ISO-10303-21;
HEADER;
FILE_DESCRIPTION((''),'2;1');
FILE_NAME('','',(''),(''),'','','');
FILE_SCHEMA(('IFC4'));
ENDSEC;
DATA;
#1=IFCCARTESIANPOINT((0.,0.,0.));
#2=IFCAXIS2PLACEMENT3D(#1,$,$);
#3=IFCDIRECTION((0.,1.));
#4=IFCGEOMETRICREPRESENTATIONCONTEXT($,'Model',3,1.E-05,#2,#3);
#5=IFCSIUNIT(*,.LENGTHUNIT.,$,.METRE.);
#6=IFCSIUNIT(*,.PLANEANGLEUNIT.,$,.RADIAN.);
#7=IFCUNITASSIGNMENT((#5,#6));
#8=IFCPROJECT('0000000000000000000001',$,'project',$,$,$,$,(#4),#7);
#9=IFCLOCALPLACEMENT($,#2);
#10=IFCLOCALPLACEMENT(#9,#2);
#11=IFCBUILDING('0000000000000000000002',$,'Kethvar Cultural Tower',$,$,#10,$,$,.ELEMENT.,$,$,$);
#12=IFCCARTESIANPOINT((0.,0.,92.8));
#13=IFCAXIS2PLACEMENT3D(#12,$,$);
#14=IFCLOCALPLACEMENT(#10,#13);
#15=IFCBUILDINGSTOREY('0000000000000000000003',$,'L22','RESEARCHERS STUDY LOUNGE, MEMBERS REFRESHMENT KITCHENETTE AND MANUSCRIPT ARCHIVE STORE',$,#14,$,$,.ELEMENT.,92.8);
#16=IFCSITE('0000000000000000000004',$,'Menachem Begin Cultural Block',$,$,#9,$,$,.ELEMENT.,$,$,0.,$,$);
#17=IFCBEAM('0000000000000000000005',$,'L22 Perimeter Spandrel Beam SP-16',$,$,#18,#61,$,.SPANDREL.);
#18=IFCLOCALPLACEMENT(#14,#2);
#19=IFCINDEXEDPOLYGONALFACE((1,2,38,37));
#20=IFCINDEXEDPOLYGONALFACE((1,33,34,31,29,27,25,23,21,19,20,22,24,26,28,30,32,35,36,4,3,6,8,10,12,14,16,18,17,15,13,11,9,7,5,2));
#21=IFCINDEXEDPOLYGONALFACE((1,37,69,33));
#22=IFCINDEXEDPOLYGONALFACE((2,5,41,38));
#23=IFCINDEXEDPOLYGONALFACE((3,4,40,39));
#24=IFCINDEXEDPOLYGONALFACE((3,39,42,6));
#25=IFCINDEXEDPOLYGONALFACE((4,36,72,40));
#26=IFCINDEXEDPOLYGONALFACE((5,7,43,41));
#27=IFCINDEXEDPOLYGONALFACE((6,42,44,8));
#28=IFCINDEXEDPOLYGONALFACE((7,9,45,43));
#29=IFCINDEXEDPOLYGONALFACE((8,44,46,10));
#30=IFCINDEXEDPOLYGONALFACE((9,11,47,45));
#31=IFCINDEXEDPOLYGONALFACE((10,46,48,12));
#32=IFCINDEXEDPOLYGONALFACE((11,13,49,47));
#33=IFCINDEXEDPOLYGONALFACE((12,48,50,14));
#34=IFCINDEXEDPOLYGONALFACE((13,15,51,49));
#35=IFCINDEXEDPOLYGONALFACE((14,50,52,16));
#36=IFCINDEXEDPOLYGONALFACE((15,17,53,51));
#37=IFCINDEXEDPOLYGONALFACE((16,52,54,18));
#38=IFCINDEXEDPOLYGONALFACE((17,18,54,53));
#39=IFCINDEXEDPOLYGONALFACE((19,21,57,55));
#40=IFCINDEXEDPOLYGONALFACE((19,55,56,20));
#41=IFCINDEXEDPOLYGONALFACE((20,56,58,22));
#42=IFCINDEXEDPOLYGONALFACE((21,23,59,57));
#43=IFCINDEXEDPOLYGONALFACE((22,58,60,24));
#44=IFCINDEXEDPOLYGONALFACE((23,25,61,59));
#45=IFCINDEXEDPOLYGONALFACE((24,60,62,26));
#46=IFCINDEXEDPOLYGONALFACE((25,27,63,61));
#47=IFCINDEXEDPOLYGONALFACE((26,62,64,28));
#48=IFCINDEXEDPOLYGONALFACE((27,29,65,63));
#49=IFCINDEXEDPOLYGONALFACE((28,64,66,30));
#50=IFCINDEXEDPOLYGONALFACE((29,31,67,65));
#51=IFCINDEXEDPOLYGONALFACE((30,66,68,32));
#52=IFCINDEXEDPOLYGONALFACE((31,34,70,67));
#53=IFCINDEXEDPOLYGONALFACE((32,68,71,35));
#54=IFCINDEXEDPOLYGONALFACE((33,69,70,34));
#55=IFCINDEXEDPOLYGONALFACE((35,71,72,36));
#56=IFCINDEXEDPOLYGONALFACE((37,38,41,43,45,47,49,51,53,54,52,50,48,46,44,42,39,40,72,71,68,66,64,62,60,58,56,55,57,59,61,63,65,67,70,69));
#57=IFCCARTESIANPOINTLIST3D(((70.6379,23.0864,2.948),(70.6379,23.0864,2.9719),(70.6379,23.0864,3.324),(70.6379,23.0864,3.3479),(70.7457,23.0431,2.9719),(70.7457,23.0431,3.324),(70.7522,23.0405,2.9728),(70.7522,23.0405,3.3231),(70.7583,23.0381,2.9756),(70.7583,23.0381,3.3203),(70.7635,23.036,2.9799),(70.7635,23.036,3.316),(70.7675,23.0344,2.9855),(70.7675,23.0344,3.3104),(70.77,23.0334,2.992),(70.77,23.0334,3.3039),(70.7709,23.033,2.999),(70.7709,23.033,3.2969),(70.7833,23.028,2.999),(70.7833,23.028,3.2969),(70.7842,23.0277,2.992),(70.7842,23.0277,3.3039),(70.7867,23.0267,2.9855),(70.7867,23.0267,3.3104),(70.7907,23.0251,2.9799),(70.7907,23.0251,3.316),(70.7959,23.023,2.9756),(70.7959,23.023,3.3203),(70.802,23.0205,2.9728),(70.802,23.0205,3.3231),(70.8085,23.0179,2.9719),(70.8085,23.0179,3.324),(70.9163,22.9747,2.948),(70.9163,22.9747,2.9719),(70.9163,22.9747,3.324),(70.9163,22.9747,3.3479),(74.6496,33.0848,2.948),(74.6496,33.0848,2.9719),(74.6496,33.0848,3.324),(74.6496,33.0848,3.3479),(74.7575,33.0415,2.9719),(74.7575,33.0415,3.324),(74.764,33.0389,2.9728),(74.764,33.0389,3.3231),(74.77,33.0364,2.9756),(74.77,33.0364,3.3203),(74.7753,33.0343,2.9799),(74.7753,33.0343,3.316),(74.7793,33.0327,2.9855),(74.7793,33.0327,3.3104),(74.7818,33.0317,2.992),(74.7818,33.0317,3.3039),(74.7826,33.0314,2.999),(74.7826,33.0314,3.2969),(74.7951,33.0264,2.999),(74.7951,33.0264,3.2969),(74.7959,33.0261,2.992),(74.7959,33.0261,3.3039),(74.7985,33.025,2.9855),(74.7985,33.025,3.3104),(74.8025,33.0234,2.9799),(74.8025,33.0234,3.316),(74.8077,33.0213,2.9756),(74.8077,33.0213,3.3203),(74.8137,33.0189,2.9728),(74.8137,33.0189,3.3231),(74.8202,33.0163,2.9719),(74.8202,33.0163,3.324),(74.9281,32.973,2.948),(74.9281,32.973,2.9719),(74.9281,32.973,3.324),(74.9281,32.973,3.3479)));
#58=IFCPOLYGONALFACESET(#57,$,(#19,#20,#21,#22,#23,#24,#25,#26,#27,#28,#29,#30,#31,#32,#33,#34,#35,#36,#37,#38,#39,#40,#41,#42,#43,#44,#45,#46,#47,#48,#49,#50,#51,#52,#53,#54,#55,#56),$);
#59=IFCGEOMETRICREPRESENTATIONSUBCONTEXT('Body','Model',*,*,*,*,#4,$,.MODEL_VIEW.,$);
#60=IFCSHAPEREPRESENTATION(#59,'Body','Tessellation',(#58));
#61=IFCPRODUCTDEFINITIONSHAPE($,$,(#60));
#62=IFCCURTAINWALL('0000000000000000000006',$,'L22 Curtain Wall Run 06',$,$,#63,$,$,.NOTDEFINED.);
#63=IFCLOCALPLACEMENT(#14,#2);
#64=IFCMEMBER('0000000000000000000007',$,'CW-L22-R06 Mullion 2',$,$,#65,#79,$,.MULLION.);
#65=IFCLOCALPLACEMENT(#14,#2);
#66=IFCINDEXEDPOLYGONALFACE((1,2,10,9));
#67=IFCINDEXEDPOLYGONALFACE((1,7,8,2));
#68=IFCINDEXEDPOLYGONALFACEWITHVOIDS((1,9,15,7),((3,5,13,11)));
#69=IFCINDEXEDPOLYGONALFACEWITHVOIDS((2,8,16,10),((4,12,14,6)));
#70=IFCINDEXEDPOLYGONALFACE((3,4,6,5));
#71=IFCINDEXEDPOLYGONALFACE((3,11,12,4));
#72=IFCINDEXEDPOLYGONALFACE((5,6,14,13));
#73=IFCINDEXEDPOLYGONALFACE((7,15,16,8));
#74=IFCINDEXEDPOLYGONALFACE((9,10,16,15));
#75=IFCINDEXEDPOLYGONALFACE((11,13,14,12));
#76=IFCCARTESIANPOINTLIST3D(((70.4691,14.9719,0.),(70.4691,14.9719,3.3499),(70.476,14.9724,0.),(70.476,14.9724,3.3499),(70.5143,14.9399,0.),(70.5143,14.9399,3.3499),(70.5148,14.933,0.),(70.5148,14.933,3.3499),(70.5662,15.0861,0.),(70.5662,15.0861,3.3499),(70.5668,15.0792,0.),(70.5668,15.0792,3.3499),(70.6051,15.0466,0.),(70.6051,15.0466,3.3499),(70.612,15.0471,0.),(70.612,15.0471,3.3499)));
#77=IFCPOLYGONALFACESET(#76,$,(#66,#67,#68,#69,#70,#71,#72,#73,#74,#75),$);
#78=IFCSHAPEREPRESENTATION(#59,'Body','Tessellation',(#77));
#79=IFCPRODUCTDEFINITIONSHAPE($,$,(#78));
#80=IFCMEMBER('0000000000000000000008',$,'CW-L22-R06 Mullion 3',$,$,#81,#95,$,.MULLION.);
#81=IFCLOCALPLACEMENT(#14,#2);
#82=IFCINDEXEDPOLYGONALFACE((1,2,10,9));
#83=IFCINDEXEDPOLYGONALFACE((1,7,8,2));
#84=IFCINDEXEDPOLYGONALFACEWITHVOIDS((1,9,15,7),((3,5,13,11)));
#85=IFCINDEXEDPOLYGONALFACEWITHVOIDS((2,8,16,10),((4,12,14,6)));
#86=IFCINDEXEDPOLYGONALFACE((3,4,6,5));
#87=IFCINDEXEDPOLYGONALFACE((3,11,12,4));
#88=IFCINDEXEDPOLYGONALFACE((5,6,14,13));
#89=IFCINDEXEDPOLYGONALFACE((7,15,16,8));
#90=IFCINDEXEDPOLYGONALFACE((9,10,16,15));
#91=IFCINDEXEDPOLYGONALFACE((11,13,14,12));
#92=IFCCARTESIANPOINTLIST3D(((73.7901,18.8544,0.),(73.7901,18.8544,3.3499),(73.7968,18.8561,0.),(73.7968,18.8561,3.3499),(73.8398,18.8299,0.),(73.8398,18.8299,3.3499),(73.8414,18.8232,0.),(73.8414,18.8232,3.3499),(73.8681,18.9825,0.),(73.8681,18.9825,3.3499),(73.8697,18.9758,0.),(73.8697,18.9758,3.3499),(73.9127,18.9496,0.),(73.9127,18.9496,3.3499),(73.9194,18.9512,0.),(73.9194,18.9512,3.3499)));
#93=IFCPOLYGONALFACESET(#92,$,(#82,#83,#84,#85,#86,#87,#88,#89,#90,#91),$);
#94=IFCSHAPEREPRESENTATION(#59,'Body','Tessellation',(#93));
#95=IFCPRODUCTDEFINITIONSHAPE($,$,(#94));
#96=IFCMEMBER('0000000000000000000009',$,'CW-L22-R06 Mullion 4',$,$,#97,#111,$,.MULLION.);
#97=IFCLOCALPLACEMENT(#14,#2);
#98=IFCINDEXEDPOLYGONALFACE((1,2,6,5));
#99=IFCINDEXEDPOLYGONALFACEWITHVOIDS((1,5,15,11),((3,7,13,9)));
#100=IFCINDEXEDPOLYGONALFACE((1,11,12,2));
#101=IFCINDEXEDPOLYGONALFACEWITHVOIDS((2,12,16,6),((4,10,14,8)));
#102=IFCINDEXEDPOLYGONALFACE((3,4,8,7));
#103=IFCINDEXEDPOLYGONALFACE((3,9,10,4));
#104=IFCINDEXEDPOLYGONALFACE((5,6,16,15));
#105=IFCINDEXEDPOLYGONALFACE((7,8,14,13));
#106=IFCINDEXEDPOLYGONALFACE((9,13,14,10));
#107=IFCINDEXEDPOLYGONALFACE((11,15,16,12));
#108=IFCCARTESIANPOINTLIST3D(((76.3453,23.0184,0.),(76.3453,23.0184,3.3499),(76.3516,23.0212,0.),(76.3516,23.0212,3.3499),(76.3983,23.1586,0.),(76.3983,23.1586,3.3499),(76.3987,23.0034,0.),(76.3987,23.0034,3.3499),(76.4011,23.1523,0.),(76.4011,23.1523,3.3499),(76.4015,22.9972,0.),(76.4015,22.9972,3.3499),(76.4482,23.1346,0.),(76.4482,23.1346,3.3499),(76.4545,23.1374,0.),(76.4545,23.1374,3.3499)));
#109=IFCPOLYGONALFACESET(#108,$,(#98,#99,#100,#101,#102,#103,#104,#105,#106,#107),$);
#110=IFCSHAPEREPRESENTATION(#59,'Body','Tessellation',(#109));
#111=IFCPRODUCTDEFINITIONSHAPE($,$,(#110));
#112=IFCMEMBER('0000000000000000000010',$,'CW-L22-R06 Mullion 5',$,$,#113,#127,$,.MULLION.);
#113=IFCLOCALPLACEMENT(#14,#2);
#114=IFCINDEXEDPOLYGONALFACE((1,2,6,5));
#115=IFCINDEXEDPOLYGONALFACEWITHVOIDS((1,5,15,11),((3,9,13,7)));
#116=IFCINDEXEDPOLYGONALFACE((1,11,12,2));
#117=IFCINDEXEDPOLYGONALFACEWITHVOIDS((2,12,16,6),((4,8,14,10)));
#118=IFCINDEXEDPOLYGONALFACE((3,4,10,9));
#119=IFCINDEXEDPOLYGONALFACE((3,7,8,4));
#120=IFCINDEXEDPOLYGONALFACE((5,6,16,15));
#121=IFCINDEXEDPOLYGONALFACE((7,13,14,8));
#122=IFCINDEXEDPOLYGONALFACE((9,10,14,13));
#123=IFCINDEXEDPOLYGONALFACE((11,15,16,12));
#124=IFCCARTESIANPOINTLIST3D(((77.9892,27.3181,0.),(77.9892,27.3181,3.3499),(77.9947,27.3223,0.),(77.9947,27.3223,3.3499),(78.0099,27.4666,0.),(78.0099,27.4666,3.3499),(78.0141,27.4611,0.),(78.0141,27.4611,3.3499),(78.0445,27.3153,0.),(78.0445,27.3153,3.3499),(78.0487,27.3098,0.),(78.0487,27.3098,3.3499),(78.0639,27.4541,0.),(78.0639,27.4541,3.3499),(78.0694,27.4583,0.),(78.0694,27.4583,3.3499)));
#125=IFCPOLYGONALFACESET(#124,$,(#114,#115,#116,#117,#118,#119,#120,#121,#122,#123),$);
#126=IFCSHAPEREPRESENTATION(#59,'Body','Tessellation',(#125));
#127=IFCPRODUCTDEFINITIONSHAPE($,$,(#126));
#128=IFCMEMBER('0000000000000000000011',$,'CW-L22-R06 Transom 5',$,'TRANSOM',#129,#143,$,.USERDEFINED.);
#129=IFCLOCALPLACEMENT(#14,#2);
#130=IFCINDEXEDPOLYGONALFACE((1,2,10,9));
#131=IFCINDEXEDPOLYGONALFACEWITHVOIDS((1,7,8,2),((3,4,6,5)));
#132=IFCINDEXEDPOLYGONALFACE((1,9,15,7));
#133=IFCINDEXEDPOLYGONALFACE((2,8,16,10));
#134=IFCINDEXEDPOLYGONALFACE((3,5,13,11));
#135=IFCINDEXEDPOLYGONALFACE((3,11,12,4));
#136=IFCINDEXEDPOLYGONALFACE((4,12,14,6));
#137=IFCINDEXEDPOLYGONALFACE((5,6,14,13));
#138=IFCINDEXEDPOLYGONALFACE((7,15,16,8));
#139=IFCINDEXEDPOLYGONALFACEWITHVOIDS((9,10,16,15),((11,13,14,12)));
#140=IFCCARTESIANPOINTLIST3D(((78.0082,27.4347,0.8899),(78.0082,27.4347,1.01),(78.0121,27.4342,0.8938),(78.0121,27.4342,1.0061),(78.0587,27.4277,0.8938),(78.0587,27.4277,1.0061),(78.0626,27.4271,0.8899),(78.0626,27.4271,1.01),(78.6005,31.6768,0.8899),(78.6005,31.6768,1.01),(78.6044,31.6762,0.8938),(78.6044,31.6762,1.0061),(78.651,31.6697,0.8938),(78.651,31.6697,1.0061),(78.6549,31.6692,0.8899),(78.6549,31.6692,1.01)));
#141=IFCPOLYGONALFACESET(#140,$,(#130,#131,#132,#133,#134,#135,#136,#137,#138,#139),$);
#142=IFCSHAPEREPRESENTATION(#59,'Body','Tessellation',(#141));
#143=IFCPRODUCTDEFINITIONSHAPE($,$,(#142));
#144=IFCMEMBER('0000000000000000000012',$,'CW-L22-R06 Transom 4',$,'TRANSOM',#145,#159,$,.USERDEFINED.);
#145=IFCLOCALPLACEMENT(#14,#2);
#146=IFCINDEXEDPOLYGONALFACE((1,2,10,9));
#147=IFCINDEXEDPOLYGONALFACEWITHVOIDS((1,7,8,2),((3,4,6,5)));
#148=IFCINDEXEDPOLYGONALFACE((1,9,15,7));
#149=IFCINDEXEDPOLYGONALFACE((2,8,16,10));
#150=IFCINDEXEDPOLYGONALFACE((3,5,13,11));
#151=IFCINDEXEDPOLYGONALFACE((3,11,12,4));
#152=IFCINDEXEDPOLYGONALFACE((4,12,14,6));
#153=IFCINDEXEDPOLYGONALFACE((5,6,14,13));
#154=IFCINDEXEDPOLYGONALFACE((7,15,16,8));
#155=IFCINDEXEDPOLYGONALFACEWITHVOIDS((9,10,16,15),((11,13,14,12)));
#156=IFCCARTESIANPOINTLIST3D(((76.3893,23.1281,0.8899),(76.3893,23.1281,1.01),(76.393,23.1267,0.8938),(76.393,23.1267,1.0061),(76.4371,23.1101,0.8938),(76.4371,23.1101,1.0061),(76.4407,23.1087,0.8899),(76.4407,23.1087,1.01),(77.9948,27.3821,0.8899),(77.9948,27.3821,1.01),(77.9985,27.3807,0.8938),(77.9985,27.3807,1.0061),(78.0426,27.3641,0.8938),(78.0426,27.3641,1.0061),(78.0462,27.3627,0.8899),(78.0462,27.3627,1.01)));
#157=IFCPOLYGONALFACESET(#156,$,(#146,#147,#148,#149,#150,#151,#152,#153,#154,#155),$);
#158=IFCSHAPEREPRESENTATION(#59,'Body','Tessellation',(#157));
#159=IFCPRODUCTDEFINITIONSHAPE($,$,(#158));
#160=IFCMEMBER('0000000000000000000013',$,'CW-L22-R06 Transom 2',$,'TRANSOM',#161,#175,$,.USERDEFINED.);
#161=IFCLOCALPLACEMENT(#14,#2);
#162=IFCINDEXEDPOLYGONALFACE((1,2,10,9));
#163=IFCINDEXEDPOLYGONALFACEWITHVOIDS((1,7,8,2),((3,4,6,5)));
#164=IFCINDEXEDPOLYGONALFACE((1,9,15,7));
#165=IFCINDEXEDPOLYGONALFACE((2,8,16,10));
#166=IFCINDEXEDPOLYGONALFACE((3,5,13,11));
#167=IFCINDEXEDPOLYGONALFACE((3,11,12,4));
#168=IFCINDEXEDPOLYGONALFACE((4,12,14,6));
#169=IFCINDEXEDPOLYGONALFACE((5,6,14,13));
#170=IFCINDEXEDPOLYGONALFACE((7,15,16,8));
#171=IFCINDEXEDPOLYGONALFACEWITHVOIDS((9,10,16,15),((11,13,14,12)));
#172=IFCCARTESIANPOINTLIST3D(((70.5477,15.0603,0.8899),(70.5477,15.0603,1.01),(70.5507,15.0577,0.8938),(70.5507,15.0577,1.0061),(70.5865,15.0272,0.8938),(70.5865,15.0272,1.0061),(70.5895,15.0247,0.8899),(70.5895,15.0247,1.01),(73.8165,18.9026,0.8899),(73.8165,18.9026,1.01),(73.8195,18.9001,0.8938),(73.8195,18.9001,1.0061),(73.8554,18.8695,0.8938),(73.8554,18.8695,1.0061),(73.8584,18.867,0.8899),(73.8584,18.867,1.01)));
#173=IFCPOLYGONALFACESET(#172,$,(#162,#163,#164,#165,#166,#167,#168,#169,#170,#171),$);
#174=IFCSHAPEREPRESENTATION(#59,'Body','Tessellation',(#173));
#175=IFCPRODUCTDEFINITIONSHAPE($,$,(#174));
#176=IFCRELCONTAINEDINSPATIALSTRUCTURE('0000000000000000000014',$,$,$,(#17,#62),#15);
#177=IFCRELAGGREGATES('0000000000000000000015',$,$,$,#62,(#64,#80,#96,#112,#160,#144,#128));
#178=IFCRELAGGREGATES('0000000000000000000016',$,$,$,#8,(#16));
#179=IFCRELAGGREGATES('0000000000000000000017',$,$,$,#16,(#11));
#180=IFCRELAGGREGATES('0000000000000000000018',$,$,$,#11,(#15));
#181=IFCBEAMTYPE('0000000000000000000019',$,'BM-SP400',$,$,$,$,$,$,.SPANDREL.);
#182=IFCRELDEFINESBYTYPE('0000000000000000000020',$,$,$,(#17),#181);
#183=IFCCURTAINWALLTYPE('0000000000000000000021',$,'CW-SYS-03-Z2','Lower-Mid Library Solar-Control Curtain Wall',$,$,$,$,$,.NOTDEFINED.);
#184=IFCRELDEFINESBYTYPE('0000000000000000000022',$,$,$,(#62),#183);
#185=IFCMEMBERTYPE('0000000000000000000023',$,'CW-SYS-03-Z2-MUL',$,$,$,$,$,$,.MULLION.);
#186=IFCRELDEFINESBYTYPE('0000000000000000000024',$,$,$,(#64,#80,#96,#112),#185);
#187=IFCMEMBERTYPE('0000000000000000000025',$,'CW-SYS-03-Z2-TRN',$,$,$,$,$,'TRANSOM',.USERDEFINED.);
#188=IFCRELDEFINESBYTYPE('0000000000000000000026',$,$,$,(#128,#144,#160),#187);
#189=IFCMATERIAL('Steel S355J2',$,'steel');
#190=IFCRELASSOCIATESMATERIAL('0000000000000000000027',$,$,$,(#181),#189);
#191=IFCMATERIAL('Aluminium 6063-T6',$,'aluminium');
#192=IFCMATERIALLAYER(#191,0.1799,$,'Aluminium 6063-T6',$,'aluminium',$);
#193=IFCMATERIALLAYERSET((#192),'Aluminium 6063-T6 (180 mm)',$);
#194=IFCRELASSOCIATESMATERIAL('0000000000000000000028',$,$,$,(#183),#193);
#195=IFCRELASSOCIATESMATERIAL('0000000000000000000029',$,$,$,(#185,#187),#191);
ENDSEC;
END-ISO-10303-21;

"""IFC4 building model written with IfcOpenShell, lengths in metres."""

from ifc_helpers import new_model, si_unit, direction, frame, origin, origin_2d, place, context, subcontext, project, spatial, hollow_rectangle, i_section, extrude, source, transform, mapped, material, layer, layer_set, material_profile, profile_set, type_object, element, aggregate, save


model = new_model("IFC4")

# Units and contexts
model_context = context("Model", 3, precision=1e-05, world=origin(), true_north=direction((0.0, 1.0)))
body_context = subcontext(model_context, "Body", "Model", "MODEL_VIEW")
ifc_project = project(units=[si_unit("LENGTHUNIT", "METRE"), si_unit("PLANEANGLEUNIT", "RADIAN")], contexts=[model_context])

# Site, building, storey
site_placement = place(None, origin())
site = spatial("IfcSite", under=ifc_project, at=site_placement, Name="Menachem Begin Cultural Block", CompositionType="ELEMENT", RefElevation=0.0)
building_placement = place(site_placement, origin())
building = spatial("IfcBuilding", under=site, at=building_placement, Name="Kethvar Cultural Tower", CompositionType="ELEMENT")
storey_placement = place(building_placement, frame((0.0, 0.0, 92.8)))
storey = spatial("IfcBuildingStorey", under=building, at=storey_placement, Name="L22", Description="RESEARCHERS STUDY LOUNGE, MEMBERS REFRESHMENT KITCHENETTE AND MANUSCRIPT ARCHIVE STORE", CompositionType="ELEMENT", Elevation=92.8)

# Beam
ifc_material_1 = material(Name="Steel S355J2", Category="steel")
ifc_material_profile_1 = material_profile(ifc_material_1, i_section(OverallWidth=0.3, OverallDepth=0.3999, WebThickness=0.0134, FlangeThickness=0.0239, FilletRadius=0.0271, at=origin_2d()), Name="Steel S355J2 — HEB400")
ifc_profile_set_1 = profile_set([ifc_material_profile_1], Name="Steel S355J2 — HEB400")
beam_type_1 = type_object("IfcBeamType", Name="BM-SP400", PredefinedType="SPANDREL", material=ifc_profile_set_1)
shared_shape_1 = source(origin(), body_context, "Body", "SweptSolid", [
    extrude(i_section(OverallWidth=0.3, OverallDepth=0.3999, WebThickness=0.0134, FlangeThickness=0.0239, FilletRadius=0.0271, at=origin_2d()), origin(), (0.0, 0.0, 1.0), 10.7732),
])
beam_1_placement = place(storey_placement, frame((70.7771, 23.0305, 3.1479), z_axis=(0.372383, 0.928079, 0.0), x_axis=(-0.928079, 0.372383, 0.0)))
element("IfcBeam", 1, at=beam_1_placement, inside=storey, type_object=beam_type_1, Name="L22 Perimeter Spandrel Beam SP-16", PredefinedType="SPANDREL", context=body_context, shape_type="MappedRepresentation", body=[
    mapped(shared_shape_1, transform((0.0, 0.0, 0.0), scale=1.0)),
])

# Curtain wall, members
ifc_material_2 = material(Name="Aluminium 6063-T6", Category="aluminium")
ifc_layer_1 = layer(ifc_material_2, 0.1799, Name="Aluminium 6063-T6", Category="aluminium")
ifc_layer_set_1 = layer_set([ifc_layer_1], Name="Aluminium 6063-T6 (180 mm)")
curtain_wall_type = type_object("IfcCurtainWallType", Name="CW-SYS-03-Z2", Description="Lower-Mid Library Solar-Control Curtain Wall", PredefinedType="NOTDEFINED", material=ifc_layer_set_1)
curtain_wall_placement = place(storey_placement, origin())
curtain_wall = element("IfcCurtainWall", 2, at=curtain_wall_placement, inside=storey, type_object=curtain_wall_type, Name="L22 Curtain Wall Run 06", PredefinedType="NOTDEFINED")
ifc_material_profile_2 = material_profile(ifc_material_2, hollow_rectangle(XDim=0.0601, YDim=0.1499, WallThickness=0.0049, at=origin_2d()), Name="Aluminium 6063-T6 — RHS150x60x5")
ifc_profile_set_2 = profile_set([ifc_material_profile_2], Name="Aluminium 6063-T6 — RHS150x60x5")
member_type_1 = type_object("IfcMemberType", Name="CW-SYS-03-Z2-MUL", PredefinedType="MULLION", material=ifc_profile_set_2)
shared_shape_2 = source(origin(), body_context, "Body", "SweptSolid", [
    extrude(hollow_rectangle(XDim=0.0601, YDim=0.1499, WallThickness=0.0049, at=origin_2d()), origin(), (0.0, 0.0, 1.0), 3.3499),
])
member_1_placement = place(storey_placement, frame((70.5405, 15.0095, 0.0), z_axis=(0.0, 0.0, 1.0), x_axis=(-0.761651, 0.647987, 0.0)))
member_1 = element("IfcMember", 3, at=member_1_placement, type_object=member_type_1, Name="CW-L22-R06 Mullion 2", PredefinedType="MULLION", context=body_context, shape_type="MappedRepresentation", body=[
    mapped(shared_shape_2, transform((0.0, 0.0, 0.0), scale=1.0)),
])
member_2_placement = place(storey_placement, frame((73.8547, 18.9028, 0.0), z_axis=(0.0, 0.0, 1.0), x_axis=(-0.854069, 0.52016, 0.0)))
member_2 = element("IfcMember", 4, at=member_2_placement, type_object=member_type_1, Name="CW-L22-R06 Mullion 3", PredefinedType="MULLION", context=body_context, shape_type="MappedRepresentation", body=[
    mapped(shared_shape_2, transform((0.0, 0.0, 0.0), scale=1.0)),
])
member_3_placement = place(storey_placement, frame((76.3999, 23.0779, 0.0), z_axis=(0.0, 0.0, 1.0), x_axis=(-0.935598, 0.353067, 0.0)))
member_3 = element("IfcMember", 5, at=member_3_placement, type_object=member_type_1, Name="CW-L22-R06 Mullion 4", PredefinedType="MULLION", context=body_context, shape_type="MappedRepresentation", body=[
    mapped(shared_shape_2, transform((0.0, 0.0, 0.0), scale=1.0)),
])
member_4_placement = place(storey_placement, frame((78.0293, 27.3882, 0.0), z_axis=(0.0, 0.0, 1.0), x_axis=(-0.990387, 0.138326, 0.0)))
member_4 = element("IfcMember", 6, at=member_4_placement, type_object=member_type_1, Name="CW-L22-R06 Mullion 5", PredefinedType="MULLION", context=body_context, shape_type="MappedRepresentation", body=[
    mapped(shared_shape_2, transform((0.0, 0.0, 0.0), scale=1.0)),
])
ifc_material_profile_3 = material_profile(ifc_material_2, hollow_rectangle(XDim=0.0549, YDim=0.1201, WallThickness=0.0039, at=origin_2d()), Name="Aluminium 6063-T6 — RHS120x55x4")
ifc_profile_set_3 = profile_set([ifc_material_profile_3], Name="Aluminium 6063-T6 — RHS120x55x4")
member_type_2 = type_object("IfcMemberType", Name="CW-SYS-03-Z2-TRN", ElementType="TRANSOM", PredefinedType="USERDEFINED", material=ifc_profile_set_3)
shared_shape_3 = source(origin(), body_context, "Body", "SweptSolid", [
    extrude(hollow_rectangle(XDim=0.0549, YDim=0.1201, WallThickness=0.0039, at=origin_2d()), origin(), (0.0, 0.0, 1.0), 4.2832),
])
member_5_placement = place(storey_placement, frame((78.0354, 27.4309, 0.95), z_axis=(0.138284, 0.990393, 0.0), x_axis=(-0.990393, 0.138284, 0.0)))
member_5 = element("IfcMember", 7, at=member_5_placement, type_object=member_type_2, Name="CW-L22-R06 Transom 5", ObjectType="TRANSOM", PredefinedType="USERDEFINED", context=body_context, shape_type="MappedRepresentation", body=[
    mapped(shared_shape_3, transform((0.0, 0.0, 0.0), scale=1.0)),
])
shared_shape_4 = source(origin(), body_context, "Body", "SweptSolid", [
    extrude(hollow_rectangle(XDim=0.0549, YDim=0.1201, WallThickness=0.0039, at=origin_2d()), origin(), (0.0, 0.0, 1.0), 4.5469),
])
member_6_placement = place(storey_placement, frame((76.415, 23.1184, 0.95), z_axis=(0.3531, 0.935586, 0.0), x_axis=(-0.935586, 0.3531, 0.0)))
member_6 = element("IfcMember", 8, at=member_6_placement, type_object=member_type_2, Name="CW-L22-R06 Transom 4", ObjectType="TRANSOM", PredefinedType="USERDEFINED", context=body_context, shape_type="MappedRepresentation", body=[
    mapped(shared_shape_4, transform((0.0, 0.0, 0.0), scale=1.0)),
])
shared_shape_5 = source(origin(), body_context, "Body", "SweptSolid", [
    extrude(hollow_rectangle(XDim=0.0549, YDim=0.1201, WallThickness=0.0039, at=origin_2d()), origin(), (0.0, 0.0, 1.0), 5.0447),
])
member_7_placement = place(storey_placement, frame((70.5686, 15.0425, 0.95), z_axis=(0.647977, 0.76166, 0.0), x_axis=(-0.76166, 0.647977, 0.0)))
member_7 = element("IfcMember", 9, at=member_7_placement, type_object=member_type_2, Name="CW-L22-R06 Transom 2", ObjectType="TRANSOM", PredefinedType="USERDEFINED", context=body_context, shape_type="MappedRepresentation", body=[
    mapped(shared_shape_5, transform((0.0, 0.0, 0.0), scale=1.0)),
])
aggregate(curtain_wall, [member_1, member_2, member_3, member_4, member_7, member_6, member_5])

save(model, "model.ifc")
